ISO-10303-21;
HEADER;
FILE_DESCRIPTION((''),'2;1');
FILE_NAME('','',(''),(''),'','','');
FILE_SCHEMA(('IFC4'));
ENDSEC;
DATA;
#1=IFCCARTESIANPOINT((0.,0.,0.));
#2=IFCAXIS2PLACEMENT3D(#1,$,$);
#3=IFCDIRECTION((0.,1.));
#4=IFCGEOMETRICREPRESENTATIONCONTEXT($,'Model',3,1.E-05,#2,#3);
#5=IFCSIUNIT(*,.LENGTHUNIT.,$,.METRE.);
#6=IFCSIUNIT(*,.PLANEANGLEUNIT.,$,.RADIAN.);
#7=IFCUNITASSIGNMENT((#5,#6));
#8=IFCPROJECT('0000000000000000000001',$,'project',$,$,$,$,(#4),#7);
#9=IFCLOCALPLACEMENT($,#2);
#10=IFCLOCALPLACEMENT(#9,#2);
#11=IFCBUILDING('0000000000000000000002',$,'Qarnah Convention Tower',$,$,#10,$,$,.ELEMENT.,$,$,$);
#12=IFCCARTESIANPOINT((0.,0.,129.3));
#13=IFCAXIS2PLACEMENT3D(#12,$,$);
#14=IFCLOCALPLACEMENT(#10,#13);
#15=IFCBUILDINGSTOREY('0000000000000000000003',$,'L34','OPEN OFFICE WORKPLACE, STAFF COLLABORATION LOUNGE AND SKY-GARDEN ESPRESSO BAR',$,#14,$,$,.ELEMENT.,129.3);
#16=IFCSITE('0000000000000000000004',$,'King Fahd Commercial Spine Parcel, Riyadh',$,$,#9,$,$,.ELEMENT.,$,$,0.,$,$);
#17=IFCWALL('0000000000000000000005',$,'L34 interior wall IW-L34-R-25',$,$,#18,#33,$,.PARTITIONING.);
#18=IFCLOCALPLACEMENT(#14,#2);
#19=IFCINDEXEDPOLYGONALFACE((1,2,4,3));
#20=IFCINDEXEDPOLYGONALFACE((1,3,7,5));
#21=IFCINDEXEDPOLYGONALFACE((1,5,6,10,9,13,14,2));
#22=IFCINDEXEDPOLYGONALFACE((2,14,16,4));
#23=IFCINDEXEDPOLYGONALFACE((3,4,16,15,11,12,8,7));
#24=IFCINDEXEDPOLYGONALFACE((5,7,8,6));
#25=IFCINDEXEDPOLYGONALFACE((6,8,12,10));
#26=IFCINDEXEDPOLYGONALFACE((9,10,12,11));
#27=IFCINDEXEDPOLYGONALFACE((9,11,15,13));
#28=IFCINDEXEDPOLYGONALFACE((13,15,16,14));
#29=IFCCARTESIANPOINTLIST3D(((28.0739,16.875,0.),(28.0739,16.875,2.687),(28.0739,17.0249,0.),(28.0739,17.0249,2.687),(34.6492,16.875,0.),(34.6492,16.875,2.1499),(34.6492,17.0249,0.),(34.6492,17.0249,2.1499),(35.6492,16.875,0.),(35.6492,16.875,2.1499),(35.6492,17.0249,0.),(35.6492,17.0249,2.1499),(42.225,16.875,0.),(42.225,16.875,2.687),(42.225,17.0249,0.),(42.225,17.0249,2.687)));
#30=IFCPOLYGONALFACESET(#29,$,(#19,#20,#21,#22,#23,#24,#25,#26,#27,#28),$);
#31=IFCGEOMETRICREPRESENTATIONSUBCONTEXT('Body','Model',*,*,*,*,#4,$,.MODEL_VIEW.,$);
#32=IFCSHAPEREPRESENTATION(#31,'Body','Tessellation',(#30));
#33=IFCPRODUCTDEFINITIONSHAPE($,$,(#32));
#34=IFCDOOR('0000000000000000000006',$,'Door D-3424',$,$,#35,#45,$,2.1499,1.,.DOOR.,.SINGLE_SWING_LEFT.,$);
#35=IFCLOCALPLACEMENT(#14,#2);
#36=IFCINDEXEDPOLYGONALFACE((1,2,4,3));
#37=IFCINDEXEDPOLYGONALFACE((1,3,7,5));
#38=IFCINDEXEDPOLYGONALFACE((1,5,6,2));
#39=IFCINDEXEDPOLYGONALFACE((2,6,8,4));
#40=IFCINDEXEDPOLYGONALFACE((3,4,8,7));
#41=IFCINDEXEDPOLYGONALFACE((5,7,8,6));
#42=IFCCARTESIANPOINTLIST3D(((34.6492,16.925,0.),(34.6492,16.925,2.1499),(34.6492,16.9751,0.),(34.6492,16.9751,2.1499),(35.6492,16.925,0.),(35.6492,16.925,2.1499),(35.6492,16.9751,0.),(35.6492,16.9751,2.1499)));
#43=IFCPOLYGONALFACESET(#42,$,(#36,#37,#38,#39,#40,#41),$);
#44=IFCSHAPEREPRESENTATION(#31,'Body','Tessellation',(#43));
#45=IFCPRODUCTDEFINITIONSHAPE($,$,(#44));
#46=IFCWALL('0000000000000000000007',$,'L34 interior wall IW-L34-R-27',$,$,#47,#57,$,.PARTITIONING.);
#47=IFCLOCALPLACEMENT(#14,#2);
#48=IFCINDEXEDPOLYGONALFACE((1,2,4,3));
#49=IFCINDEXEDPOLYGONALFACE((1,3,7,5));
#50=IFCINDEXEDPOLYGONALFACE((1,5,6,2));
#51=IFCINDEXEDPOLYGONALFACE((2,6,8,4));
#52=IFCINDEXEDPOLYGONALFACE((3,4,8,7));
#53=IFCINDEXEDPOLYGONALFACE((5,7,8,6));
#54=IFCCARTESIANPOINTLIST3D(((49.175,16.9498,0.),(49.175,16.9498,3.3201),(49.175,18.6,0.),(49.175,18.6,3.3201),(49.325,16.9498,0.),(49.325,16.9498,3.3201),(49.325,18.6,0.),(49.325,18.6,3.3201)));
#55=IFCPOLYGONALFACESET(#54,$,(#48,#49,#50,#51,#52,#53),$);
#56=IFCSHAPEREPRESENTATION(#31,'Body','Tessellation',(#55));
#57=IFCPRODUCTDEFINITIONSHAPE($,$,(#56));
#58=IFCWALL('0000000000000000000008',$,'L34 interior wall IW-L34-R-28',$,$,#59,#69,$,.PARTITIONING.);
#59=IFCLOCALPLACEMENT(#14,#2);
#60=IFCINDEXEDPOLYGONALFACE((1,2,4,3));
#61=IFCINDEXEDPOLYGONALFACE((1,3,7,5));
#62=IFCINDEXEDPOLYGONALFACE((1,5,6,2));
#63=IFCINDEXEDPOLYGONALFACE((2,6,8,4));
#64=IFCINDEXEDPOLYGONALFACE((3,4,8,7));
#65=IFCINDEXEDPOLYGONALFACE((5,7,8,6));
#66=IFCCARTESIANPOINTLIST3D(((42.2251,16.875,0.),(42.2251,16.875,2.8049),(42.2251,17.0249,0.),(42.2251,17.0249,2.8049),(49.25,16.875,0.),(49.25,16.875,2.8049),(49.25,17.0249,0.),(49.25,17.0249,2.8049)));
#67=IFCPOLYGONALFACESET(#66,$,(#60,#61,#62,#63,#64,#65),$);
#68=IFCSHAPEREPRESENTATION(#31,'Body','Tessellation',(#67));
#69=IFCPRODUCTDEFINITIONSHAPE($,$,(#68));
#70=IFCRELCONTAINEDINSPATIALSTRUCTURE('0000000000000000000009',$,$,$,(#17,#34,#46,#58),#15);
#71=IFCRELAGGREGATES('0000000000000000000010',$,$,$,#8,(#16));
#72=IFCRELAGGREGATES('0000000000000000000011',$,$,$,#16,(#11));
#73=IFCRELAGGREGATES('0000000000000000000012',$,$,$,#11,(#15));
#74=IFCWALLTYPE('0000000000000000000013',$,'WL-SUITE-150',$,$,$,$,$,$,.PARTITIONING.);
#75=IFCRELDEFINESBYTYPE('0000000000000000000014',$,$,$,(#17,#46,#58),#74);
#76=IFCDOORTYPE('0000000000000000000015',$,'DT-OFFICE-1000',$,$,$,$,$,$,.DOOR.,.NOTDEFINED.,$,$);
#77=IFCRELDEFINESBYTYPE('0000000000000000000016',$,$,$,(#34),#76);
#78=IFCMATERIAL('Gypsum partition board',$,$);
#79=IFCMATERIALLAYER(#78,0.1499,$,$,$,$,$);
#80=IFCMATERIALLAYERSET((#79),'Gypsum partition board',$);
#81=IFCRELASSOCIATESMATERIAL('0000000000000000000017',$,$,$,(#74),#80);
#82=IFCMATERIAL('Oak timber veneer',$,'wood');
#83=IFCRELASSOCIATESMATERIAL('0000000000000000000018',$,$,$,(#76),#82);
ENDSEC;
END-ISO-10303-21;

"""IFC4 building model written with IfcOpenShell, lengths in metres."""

from ifc_helpers import new_model, si_unit, direction, frame, frame_2d, origin, place, context, subcontext, project, spatial, rectangle, extrude, material, layer, layer_set, type_object, element, fill, save


model = new_model("IFC4")

# Units and contexts
model_context = context("Model", 3, precision=1e-05, world=origin(), true_north=direction((0.0, 1.0)))
body_context = subcontext(model_context, "Body", "Model", "MODEL_VIEW")
ifc_project = project(units=[si_unit("LENGTHUNIT", "METRE"), si_unit("PLANEANGLEUNIT", "RADIAN")], contexts=[model_context])

# Site, building, storey
site_placement = place(None, origin())
site = spatial("IfcSite", under=ifc_project, at=site_placement, Name="King Fahd Commercial Spine Parcel, Riyadh", CompositionType="ELEMENT", RefElevation=0.0)
building_placement = place(site_placement, origin())
building = spatial("IfcBuilding", under=site, at=building_placement, Name="Qarnah Convention Tower", CompositionType="ELEMENT")
storey_placement = place(building_placement, frame((0.0, 0.0, 129.3)))
storey = spatial("IfcBuildingStorey", under=building, at=storey_placement, Name="L34", Description="OPEN OFFICE WORKPLACE, STAFF COLLABORATION LOUNGE AND SKY-GARDEN ESPRESSO BAR", CompositionType="ELEMENT", Elevation=129.3)

# Shared definitions
ifc_material_1 = material(Name="Gypsum partition board")
ifc_layer_1 = layer(ifc_material_1, 0.1499)
ifc_layer_set_1 = layer_set([ifc_layer_1], Name="Gypsum partition board")
wall_type_1 = type_object("IfcWallType", Name="WL-SUITE-150", PredefinedType="PARTITIONING", material=ifc_layer_set_1)

# Wall, opening, door
wall_1_placement = place(storey_placement, frame((42.2251, 16.95, 0.0), z_axis=(0.0, 0.0, 1.0), x_axis=(-1.0, 0.0, 0.0)))
wall_1 = element("IfcWall", 1, at=wall_1_placement, inside=storey, type_object=wall_type_1, Name="L34 interior wall IW-L34-R-25", PredefinedType="PARTITIONING", context=body_context, shape_type="SweptSolid", body=[
    extrude(rectangle(XDim=14.1511, YDim=0.1499, at=frame_2d((7.0757, 0.0))), origin(), (0.0, 0.0, 1.0), 2.687),
])
opening_1_placement = place(wall_1_placement, frame((6.5759, 0.0, 0.0)))
opening_1 = element("IfcOpeningElement", 2, at=opening_1_placement, cuts=wall_1, PredefinedType="OPENING", context=body_context, shape_type="SweptSolid", body=[
    extrude(rectangle(XDim=1.0, YDim=2.1499, at=frame_2d((0.5, 1.075))), frame((0.0, 0.085, 0.0), z_axis=(0.0, -1.0, 0.0), x_axis=(1.0, 0.0, 0.0)), (0.0, 0.0, 1.0), 0.1699),
])
ifc_material_2 = material(Name="Oak timber veneer", Category="wood")
door_type_1 = type_object("IfcDoorType", Name="DT-OFFICE-1000", OperationType="NOTDEFINED", PredefinedType="DOOR", material=ifc_material_2)
door_1_placement = place(opening_1_placement, origin())
door_1 = element("IfcDoor", 3, at=door_1_placement, inside=storey, type_object=door_type_1, Name="Door D-3424", OperationType="SINGLE_SWING_LEFT", OverallHeight=2.1499, OverallWidth=1.0, PredefinedType="DOOR", context=body_context, shape_type="SweptSolid", body=[
    extrude(rectangle(XDim=1.0, YDim=2.1499, at=frame_2d((0.5, 1.075))), frame((0.0, 0.0249, 0.0), z_axis=(0.0, -1.0, 0.0), x_axis=(1.0, 0.0, 0.0)), (0.0, 0.0, 1.0), 0.05),
])
fill(opening_1, door_1)

# Walls
wall_2_placement = place(storey_placement, frame((49.25, 18.6001, 0.0), z_axis=(0.0, 0.0, 1.0), x_axis=(0.0, -1.0, 0.0)))
element("IfcWall", 4, at=wall_2_placement, inside=storey, type_object=wall_type_1, Name="L34 interior wall IW-L34-R-27", PredefinedType="PARTITIONING", context=body_context, shape_type="SweptSolid", body=[
    extrude(rectangle(XDim=1.6501, YDim=0.1499, at=frame_2d((0.8252, 0.0))), origin(), (0.0, 0.0, 1.0), 3.3201),
])
wall_3_placement = place(storey_placement, frame((49.25, 16.95, 0.0), z_axis=(0.0, 0.0, 1.0), x_axis=(-1.0, 0.0, 0.0)))
element("IfcWall", 5, at=wall_3_placement, inside=storey, type_object=wall_type_1, Name="L34 interior wall IW-L34-R-28", PredefinedType="PARTITIONING", context=body_context, shape_type="SweptSolid", body=[
    extrude(rectangle(XDim=7.0249, YDim=0.1499, at=frame_2d((3.5125, 0.0))), origin(), (0.0, 0.0, 1.0), 2.8049),
])

save(model, "model.ifc")
